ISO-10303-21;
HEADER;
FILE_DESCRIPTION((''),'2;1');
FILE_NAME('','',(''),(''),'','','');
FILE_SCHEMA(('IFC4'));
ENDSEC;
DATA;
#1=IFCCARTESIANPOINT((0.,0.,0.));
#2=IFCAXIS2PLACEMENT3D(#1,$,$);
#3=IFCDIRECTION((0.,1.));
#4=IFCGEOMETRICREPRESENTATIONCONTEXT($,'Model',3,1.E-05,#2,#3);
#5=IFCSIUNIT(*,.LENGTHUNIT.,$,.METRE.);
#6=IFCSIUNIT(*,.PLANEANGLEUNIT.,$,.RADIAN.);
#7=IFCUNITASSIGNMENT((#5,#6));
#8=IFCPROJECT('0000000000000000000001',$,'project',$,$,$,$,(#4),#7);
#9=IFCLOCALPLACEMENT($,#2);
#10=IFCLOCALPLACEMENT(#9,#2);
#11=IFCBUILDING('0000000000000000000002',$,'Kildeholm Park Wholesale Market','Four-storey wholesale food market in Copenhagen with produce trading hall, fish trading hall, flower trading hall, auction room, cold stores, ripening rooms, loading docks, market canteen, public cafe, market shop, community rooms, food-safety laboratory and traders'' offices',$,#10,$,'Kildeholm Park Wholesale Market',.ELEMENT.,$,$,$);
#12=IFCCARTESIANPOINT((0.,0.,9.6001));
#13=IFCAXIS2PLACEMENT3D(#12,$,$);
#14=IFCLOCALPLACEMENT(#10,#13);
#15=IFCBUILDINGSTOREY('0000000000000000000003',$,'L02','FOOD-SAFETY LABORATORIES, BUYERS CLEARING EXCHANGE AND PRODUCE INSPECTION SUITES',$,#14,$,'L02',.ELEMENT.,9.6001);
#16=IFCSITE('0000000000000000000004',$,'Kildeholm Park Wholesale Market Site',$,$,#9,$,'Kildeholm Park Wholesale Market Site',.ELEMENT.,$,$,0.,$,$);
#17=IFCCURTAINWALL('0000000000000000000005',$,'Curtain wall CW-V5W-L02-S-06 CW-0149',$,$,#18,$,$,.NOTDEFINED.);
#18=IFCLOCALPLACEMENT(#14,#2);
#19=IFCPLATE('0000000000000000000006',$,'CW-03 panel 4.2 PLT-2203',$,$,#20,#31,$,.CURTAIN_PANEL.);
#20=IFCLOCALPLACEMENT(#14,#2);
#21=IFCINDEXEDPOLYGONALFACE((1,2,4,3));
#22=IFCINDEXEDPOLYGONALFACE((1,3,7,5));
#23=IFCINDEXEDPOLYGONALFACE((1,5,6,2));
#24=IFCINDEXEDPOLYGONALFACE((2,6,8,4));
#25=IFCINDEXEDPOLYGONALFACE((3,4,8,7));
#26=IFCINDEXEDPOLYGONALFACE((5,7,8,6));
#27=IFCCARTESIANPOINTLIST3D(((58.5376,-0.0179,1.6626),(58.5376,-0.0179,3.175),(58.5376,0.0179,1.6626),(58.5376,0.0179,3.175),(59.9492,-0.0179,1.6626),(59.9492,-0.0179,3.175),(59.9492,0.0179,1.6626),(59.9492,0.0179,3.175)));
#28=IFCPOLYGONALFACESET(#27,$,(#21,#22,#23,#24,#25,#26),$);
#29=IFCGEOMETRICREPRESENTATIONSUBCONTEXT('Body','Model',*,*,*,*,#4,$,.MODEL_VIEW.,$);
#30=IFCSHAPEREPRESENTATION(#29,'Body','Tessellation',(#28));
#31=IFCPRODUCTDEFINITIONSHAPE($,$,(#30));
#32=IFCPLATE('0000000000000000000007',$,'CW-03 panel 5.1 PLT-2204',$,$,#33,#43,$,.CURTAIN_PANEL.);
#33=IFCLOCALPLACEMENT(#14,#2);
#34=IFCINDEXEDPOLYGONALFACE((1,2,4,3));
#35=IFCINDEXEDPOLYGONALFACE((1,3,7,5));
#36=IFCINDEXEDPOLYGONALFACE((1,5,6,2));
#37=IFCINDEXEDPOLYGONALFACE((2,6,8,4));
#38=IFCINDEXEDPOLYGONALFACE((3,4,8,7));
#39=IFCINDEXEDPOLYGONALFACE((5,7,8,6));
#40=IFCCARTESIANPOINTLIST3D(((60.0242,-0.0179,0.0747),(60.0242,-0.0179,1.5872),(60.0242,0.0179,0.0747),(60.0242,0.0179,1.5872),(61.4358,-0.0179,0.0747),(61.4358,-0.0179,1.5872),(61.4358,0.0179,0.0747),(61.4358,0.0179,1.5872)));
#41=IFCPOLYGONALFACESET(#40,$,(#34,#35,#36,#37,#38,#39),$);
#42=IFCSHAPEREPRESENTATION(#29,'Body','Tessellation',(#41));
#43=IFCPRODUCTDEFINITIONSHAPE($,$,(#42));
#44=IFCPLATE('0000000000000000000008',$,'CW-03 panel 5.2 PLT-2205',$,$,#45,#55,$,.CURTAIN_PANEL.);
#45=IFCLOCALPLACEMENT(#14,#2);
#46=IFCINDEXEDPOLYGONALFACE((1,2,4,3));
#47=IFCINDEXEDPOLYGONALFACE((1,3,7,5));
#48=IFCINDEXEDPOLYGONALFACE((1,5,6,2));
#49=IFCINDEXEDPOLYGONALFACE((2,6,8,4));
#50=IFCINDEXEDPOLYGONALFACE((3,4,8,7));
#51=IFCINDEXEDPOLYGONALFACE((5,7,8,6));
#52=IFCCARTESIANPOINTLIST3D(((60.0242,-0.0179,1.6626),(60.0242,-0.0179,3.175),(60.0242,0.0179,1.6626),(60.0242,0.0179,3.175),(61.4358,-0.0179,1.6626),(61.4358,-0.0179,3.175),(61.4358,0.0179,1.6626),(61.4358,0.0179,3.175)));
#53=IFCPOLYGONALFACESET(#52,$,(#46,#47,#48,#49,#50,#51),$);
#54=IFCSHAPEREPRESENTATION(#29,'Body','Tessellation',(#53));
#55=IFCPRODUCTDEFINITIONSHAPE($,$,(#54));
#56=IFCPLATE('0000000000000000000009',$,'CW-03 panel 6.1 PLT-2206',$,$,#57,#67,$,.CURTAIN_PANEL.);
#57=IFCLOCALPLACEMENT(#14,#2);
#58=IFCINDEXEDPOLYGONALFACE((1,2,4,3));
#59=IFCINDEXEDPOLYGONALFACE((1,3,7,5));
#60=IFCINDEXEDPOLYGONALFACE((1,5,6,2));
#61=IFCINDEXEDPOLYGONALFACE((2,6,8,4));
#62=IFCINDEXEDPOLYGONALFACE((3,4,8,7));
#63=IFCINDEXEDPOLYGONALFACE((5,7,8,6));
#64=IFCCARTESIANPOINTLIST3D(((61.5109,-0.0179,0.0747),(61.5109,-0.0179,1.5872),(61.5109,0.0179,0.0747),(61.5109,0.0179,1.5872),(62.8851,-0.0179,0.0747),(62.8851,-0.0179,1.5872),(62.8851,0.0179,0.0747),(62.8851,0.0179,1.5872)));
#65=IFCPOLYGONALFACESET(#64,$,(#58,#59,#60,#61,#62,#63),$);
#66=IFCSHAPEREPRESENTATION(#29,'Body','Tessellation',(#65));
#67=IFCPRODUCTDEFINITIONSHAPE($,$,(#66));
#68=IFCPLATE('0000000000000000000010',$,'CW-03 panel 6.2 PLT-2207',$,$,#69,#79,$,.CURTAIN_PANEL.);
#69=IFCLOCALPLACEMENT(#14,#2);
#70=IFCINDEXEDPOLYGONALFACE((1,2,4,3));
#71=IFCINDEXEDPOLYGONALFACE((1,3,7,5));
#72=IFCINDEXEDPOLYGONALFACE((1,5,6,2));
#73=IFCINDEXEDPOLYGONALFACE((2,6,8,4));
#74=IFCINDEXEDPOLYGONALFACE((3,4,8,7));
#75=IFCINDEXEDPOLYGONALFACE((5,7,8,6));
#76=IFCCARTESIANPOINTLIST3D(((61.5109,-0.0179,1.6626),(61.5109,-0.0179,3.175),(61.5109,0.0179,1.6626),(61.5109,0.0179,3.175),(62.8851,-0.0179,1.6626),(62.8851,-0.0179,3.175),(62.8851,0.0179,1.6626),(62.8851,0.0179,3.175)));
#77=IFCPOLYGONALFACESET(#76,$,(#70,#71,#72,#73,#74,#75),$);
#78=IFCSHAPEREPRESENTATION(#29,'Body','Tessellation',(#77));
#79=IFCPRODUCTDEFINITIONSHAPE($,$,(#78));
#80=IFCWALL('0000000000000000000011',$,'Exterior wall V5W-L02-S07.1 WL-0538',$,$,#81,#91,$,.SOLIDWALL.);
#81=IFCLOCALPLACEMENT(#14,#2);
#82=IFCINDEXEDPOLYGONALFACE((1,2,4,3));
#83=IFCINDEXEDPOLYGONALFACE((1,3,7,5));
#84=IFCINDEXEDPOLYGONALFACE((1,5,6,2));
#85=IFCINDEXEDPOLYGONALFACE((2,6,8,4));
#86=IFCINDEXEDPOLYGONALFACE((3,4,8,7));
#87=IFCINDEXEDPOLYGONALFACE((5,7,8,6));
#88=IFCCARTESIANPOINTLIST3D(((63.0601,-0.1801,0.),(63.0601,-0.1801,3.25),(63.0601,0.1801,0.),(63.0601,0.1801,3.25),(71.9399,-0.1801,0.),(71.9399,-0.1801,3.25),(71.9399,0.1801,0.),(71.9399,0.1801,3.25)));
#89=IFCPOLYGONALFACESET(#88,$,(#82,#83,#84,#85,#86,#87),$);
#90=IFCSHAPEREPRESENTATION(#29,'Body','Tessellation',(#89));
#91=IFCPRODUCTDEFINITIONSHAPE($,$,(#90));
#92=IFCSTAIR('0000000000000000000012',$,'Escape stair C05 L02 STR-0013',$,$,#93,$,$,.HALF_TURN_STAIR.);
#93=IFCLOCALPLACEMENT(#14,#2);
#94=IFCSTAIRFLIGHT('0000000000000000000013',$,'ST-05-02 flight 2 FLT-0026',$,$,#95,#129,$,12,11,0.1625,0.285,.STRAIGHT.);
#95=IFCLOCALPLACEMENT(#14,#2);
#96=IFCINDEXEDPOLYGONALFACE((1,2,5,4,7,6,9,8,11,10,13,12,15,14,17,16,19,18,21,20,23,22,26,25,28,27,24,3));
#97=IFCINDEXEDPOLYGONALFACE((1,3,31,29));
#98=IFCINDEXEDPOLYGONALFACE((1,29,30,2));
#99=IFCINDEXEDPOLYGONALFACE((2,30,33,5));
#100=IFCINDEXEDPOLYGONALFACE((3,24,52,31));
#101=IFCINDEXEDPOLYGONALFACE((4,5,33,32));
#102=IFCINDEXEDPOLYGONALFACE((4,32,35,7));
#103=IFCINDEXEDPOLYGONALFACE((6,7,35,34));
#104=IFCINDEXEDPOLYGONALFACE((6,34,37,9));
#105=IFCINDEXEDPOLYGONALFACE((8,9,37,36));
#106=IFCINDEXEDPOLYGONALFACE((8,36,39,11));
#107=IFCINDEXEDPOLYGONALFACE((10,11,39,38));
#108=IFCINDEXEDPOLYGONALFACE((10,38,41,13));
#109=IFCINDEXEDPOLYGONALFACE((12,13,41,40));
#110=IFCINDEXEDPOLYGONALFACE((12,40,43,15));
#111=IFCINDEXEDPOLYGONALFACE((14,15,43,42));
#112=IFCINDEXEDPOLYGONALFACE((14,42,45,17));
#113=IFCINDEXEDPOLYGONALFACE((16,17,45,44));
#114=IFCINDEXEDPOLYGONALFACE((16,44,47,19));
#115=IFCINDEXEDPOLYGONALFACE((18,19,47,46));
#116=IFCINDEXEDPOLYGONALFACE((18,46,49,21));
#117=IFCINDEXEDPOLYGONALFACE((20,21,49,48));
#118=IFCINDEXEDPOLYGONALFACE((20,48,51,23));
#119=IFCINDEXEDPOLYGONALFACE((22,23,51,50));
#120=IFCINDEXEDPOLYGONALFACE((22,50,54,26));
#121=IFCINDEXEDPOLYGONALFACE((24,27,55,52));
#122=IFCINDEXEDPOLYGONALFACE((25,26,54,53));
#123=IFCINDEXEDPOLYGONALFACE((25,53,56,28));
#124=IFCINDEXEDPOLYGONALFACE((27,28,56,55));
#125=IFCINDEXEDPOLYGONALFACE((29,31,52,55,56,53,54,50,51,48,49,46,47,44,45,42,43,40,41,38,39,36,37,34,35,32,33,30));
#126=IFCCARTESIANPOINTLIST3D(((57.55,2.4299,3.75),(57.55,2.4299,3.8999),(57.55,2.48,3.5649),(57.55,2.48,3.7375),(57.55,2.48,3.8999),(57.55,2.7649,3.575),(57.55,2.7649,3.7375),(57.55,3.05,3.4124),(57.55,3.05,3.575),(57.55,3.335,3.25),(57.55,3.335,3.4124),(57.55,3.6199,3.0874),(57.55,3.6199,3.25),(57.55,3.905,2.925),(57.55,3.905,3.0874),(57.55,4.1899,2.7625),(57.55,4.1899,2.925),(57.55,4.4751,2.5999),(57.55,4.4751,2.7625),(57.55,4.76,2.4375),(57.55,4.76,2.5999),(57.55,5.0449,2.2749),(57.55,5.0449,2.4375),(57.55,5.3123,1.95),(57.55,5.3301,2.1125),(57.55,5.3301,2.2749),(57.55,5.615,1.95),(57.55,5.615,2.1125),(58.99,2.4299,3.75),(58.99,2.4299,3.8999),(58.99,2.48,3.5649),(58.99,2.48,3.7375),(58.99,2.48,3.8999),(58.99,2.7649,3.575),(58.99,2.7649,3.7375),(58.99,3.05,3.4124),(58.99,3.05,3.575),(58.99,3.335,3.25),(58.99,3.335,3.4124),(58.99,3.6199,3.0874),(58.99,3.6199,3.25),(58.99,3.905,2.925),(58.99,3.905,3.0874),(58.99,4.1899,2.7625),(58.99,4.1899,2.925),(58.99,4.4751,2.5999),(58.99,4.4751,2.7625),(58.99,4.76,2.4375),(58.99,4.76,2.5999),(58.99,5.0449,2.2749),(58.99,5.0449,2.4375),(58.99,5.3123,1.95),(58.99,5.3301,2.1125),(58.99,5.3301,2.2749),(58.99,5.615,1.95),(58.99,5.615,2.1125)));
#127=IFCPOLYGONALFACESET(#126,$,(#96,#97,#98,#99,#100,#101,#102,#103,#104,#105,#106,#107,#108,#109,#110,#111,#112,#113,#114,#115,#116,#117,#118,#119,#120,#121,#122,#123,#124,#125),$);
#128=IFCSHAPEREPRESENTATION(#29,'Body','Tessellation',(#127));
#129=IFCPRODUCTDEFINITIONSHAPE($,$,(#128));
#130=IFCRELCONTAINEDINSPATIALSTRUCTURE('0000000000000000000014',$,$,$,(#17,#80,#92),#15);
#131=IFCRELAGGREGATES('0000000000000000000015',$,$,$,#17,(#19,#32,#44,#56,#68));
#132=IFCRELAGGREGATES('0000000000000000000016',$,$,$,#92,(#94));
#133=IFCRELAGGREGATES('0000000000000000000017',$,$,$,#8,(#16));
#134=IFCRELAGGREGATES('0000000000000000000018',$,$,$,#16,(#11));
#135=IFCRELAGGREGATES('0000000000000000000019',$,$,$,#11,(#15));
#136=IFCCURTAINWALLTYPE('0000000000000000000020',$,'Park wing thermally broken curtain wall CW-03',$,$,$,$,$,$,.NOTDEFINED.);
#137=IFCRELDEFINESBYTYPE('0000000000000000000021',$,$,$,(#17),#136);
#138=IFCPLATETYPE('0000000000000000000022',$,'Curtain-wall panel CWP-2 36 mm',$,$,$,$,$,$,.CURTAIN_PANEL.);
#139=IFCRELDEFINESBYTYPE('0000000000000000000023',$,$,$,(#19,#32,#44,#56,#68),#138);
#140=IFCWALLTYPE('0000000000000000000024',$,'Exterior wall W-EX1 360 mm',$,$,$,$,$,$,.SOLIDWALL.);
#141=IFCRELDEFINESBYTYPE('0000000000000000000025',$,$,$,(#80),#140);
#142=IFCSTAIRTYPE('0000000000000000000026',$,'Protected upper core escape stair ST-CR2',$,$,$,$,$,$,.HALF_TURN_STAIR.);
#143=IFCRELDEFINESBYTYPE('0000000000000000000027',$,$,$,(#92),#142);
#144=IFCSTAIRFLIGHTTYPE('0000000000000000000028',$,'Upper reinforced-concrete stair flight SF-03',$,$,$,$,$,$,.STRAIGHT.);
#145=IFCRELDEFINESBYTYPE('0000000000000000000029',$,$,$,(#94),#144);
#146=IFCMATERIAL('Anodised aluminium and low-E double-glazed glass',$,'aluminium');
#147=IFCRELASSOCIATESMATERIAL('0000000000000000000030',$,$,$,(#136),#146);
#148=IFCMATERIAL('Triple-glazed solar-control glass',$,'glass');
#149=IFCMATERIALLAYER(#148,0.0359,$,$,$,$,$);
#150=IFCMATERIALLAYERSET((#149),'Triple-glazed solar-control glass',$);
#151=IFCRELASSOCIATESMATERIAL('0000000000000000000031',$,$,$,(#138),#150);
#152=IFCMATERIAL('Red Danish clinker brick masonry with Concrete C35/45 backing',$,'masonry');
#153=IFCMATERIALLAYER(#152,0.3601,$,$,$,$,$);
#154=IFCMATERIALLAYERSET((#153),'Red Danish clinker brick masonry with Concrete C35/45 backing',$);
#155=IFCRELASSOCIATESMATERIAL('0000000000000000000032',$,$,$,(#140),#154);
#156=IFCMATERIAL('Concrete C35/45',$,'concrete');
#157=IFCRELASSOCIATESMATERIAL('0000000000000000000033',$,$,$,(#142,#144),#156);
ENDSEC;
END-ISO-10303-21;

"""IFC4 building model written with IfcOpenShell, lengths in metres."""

from ifc_helpers import new_model, si_unit, direction, frame, frame_2d, origin, origin_2d, place, context, subcontext, project, spatial, polyline, rectangle, outline, extrude, material, layer, layer_set, type_object, element, aggregate, save


model = new_model("IFC4")

# Units and contexts
model_context = context("Model", 3, precision=1e-05, world=origin(), true_north=direction((0.0, 1.0)))
body_context = subcontext(model_context, "Body", "Model", "MODEL_VIEW")
ifc_project = project(units=[si_unit("LENGTHUNIT", "METRE"), si_unit("PLANEANGLEUNIT", "RADIAN")], contexts=[model_context])

# Site, building, storey
site_placement = place(None, origin())
site = spatial("IfcSite", under=ifc_project, at=site_placement, Name="Kildeholm Park Wholesale Market Site", LongName="Kildeholm Park Wholesale Market Site", CompositionType="ELEMENT", RefElevation=0.0)
building_placement = place(site_placement, origin())
building = spatial("IfcBuilding", under=site, at=building_placement, Name="Kildeholm Park Wholesale Market", Description="Four-storey wholesale food market in Copenhagen with produce trading hall, fish trading hall, flower trading hall, auction room, cold stores, ripening rooms, loading docks, market canteen, public cafe, market shop, community rooms, food-safety laboratory and traders' offices", LongName="Kildeholm Park Wholesale Market", CompositionType="ELEMENT")
storey_placement = place(building_placement, frame((0.0, 0.0, 9.6001)))
storey = spatial("IfcBuildingStorey", under=building, at=storey_placement, Name="L02", Description="FOOD-SAFETY LABORATORIES, BUYERS CLEARING EXCHANGE AND PRODUCE INSPECTION SUITES", LongName="L02", CompositionType="ELEMENT", Elevation=9.6001)

# Curtain wall, plates
ifc_material_1 = material(Name="Anodised aluminium and low-E double-glazed glass", Category="aluminium")
curtain_wall_type = type_object("IfcCurtainWallType", Name="Park wing thermally broken curtain wall CW-03", PredefinedType="NOTDEFINED", material=ifc_material_1)
curtain_wall_placement = place(storey_placement, origin())
curtain_wall = element("IfcCurtainWall", 1, at=curtain_wall_placement, inside=storey, type_object=curtain_wall_type, Name="Curtain wall CW-V5W-L02-S-06 CW-0149", PredefinedType="NOTDEFINED")
ifc_material_2 = material(Name="Triple-glazed solar-control glass", Category="glass")
ifc_layer_1 = layer(ifc_material_2, 0.0359)
ifc_layer_set_1 = layer_set([ifc_layer_1], Name="Triple-glazed solar-control glass")
plate_type = type_object("IfcPlateType", Name="Curtain-wall panel CWP-2 36 mm", PredefinedType="CURTAIN_PANEL", material=ifc_layer_set_1)
plate_1_placement = place(storey_placement, frame((59.2434, 0.0, 1.6626), z_axis=(0.0, 0.0, 1.0), x_axis=(1.0, 0.0, 0.0)))
plate_1 = element("IfcPlate", 2, at=plate_1_placement, type_object=plate_type, Name="CW-03 panel 4.2 PLT-2203", PredefinedType="CURTAIN_PANEL", context=body_context, shape_type="SweptSolid", body=[
    extrude(rectangle(XDim=1.4116, YDim=0.0359, at=origin_2d()), origin(), (0.0, 0.0, 1.0), 1.5125),
])
plate_2_placement = place(storey_placement, frame((60.73, 0.0, 0.0747), z_axis=(0.0, 0.0, 1.0), x_axis=(1.0, 0.0, 0.0)))
plate_2 = element("IfcPlate", 3, at=plate_2_placement, type_object=plate_type, Name="CW-03 panel 5.1 PLT-2204", PredefinedType="CURTAIN_PANEL", context=body_context, shape_type="SweptSolid", body=[
    extrude(rectangle(XDim=1.4116, YDim=0.0359, at=origin_2d()), origin(), (0.0, 0.0, 1.0), 1.5125),
])
plate_3_placement = place(storey_placement, frame((60.73, 0.0, 1.6626), z_axis=(0.0, 0.0, 1.0), x_axis=(1.0, 0.0, 0.0)))
plate_3 = element("IfcPlate", 4, at=plate_3_placement, type_object=plate_type, Name="CW-03 panel 5.2 PLT-2205", PredefinedType="CURTAIN_PANEL", context=body_context, shape_type="SweptSolid", body=[
    extrude(rectangle(XDim=1.4116, YDim=0.0359, at=origin_2d()), origin(), (0.0, 0.0, 1.0), 1.5125),
])
plate_4_placement = place(storey_placement, frame((62.198, 0.0, 0.0747), z_axis=(0.0, 0.0, 1.0), x_axis=(1.0, 0.0, 0.0)))
plate_4 = element("IfcPlate", 5, at=plate_4_placement, type_object=plate_type, Name="CW-03 panel 6.1 PLT-2206", PredefinedType="CURTAIN_PANEL", context=body_context, shape_type="SweptSolid", body=[
    extrude(rectangle(XDim=1.3743, YDim=0.0359, at=origin_2d()), origin(), (0.0, 0.0, 1.0), 1.5125),
])
plate_5_placement = place(storey_placement, frame((62.198, 0.0, 1.6626), z_axis=(0.0, 0.0, 1.0), x_axis=(1.0, 0.0, 0.0)))
plate_5 = element("IfcPlate", 6, at=plate_5_placement, type_object=plate_type, Name="CW-03 panel 6.2 PLT-2207", PredefinedType="CURTAIN_PANEL", context=body_context, shape_type="SweptSolid", body=[
    extrude(rectangle(XDim=1.3743, YDim=0.0359, at=origin_2d()), origin(), (0.0, 0.0, 1.0), 1.5125),
])
aggregate(curtain_wall, [plate_1, plate_2, plate_3, plate_4, plate_5])

# Wall
ifc_material_3 = material(Name="Red Danish clinker brick masonry with Concrete C35/45 backing", Category="masonry")
ifc_layer_2 = layer(ifc_material_3, 0.3601)
ifc_layer_set_2 = layer_set([ifc_layer_2], Name="Red Danish clinker brick masonry with Concrete C35/45 backing")
wall_type_1 = type_object("IfcWallType", Name="Exterior wall W-EX1 360 mm", PredefinedType="SOLIDWALL", material=ifc_layer_set_2)
wall_1_placement = place(storey_placement, frame((63.0601, 0.0, 0.0), z_axis=(0.0, 0.0, 1.0), x_axis=(1.0, 0.0, 0.0)))
element("IfcWall", 7, at=wall_1_placement, inside=storey, type_object=wall_type_1, Name="Exterior wall V5W-L02-S07.1 WL-0538", PredefinedType="SOLIDWALL", context=body_context, shape_type="SweptSolid", body=[
    extrude(rectangle(XDim=8.8799, YDim=0.3601, at=frame_2d((4.4399, 0.0))), origin(), (0.0, 0.0, 1.0), 3.25),
])

# Stair, stair flight
ifc_material_4 = material(Name="Concrete C35/45", Category="concrete")
stair_type = type_object("IfcStairType", Name="Protected upper core escape stair ST-CR2", PredefinedType="HALF_TURN_STAIR", material=ifc_material_4)
stair_placement = place(storey_placement, origin())
stair = element("IfcStair", 8, at=stair_placement, inside=storey, type_object=stair_type, Name="Escape stair C05 L02 STR-0013", PredefinedType="HALF_TURN_STAIR")
stair_flight_type = type_object("IfcStairFlightType", Name="Upper reinforced-concrete stair flight SF-03", PredefinedType="STRAIGHT", material=ifc_material_4)
stair_flight_placement = place(storey_placement, frame((58.27, 5.615, 1.95), z_axis=(0.0, 0.0, 1.0), x_axis=(0.0, -1.0, 0.0)))
stair_flight = element("IfcStairFlight", 9, at=stair_flight_placement, type_object=stair_flight_type, Name="ST-05-02 flight 2 FLT-0026", NumberOfRisers=12, NumberOfTreads=11, PredefinedType="STRAIGHT", RiserHeight=0.1625, TreadLength=0.285, context=body_context, shape_type="SweptSolid", body=[
    extrude(outline(polyline([(0.0, 0.0), (0.0, 0.1626), (0.2849, 0.1626), (0.2849, 0.325), (0.5701, 0.325), (0.5701, 0.4875), (0.855, 0.4875), (0.855, 0.6499), (1.1399, 0.6499), (1.1399, 0.8125), (1.425, 0.8125), (1.425, 0.9751), (1.71, 0.9751), (1.71, 1.1375), (1.9951, 1.1375), (1.9951, 1.3), (2.28, 1.3), (2.28, 1.4624), (2.5649, 1.4624), (2.5649, 1.625), (2.8501, 1.625), (2.8501, 1.7876), (3.135, 1.7876), (3.135, 1.95), (3.1851, 1.95), (3.1851, 1.8), (3.135, 1.615), (0.3027, 0.0), (0.0, 0.0)])), frame((0.0, 0.72, 0.0), z_axis=(0.0, -1.0, 0.0), x_axis=(1.0, 0.0, 0.0)), (0.0, 0.0, 1.0), 1.4399),
])
aggregate(stair, [stair_flight])

save(model, "model.ifc")
